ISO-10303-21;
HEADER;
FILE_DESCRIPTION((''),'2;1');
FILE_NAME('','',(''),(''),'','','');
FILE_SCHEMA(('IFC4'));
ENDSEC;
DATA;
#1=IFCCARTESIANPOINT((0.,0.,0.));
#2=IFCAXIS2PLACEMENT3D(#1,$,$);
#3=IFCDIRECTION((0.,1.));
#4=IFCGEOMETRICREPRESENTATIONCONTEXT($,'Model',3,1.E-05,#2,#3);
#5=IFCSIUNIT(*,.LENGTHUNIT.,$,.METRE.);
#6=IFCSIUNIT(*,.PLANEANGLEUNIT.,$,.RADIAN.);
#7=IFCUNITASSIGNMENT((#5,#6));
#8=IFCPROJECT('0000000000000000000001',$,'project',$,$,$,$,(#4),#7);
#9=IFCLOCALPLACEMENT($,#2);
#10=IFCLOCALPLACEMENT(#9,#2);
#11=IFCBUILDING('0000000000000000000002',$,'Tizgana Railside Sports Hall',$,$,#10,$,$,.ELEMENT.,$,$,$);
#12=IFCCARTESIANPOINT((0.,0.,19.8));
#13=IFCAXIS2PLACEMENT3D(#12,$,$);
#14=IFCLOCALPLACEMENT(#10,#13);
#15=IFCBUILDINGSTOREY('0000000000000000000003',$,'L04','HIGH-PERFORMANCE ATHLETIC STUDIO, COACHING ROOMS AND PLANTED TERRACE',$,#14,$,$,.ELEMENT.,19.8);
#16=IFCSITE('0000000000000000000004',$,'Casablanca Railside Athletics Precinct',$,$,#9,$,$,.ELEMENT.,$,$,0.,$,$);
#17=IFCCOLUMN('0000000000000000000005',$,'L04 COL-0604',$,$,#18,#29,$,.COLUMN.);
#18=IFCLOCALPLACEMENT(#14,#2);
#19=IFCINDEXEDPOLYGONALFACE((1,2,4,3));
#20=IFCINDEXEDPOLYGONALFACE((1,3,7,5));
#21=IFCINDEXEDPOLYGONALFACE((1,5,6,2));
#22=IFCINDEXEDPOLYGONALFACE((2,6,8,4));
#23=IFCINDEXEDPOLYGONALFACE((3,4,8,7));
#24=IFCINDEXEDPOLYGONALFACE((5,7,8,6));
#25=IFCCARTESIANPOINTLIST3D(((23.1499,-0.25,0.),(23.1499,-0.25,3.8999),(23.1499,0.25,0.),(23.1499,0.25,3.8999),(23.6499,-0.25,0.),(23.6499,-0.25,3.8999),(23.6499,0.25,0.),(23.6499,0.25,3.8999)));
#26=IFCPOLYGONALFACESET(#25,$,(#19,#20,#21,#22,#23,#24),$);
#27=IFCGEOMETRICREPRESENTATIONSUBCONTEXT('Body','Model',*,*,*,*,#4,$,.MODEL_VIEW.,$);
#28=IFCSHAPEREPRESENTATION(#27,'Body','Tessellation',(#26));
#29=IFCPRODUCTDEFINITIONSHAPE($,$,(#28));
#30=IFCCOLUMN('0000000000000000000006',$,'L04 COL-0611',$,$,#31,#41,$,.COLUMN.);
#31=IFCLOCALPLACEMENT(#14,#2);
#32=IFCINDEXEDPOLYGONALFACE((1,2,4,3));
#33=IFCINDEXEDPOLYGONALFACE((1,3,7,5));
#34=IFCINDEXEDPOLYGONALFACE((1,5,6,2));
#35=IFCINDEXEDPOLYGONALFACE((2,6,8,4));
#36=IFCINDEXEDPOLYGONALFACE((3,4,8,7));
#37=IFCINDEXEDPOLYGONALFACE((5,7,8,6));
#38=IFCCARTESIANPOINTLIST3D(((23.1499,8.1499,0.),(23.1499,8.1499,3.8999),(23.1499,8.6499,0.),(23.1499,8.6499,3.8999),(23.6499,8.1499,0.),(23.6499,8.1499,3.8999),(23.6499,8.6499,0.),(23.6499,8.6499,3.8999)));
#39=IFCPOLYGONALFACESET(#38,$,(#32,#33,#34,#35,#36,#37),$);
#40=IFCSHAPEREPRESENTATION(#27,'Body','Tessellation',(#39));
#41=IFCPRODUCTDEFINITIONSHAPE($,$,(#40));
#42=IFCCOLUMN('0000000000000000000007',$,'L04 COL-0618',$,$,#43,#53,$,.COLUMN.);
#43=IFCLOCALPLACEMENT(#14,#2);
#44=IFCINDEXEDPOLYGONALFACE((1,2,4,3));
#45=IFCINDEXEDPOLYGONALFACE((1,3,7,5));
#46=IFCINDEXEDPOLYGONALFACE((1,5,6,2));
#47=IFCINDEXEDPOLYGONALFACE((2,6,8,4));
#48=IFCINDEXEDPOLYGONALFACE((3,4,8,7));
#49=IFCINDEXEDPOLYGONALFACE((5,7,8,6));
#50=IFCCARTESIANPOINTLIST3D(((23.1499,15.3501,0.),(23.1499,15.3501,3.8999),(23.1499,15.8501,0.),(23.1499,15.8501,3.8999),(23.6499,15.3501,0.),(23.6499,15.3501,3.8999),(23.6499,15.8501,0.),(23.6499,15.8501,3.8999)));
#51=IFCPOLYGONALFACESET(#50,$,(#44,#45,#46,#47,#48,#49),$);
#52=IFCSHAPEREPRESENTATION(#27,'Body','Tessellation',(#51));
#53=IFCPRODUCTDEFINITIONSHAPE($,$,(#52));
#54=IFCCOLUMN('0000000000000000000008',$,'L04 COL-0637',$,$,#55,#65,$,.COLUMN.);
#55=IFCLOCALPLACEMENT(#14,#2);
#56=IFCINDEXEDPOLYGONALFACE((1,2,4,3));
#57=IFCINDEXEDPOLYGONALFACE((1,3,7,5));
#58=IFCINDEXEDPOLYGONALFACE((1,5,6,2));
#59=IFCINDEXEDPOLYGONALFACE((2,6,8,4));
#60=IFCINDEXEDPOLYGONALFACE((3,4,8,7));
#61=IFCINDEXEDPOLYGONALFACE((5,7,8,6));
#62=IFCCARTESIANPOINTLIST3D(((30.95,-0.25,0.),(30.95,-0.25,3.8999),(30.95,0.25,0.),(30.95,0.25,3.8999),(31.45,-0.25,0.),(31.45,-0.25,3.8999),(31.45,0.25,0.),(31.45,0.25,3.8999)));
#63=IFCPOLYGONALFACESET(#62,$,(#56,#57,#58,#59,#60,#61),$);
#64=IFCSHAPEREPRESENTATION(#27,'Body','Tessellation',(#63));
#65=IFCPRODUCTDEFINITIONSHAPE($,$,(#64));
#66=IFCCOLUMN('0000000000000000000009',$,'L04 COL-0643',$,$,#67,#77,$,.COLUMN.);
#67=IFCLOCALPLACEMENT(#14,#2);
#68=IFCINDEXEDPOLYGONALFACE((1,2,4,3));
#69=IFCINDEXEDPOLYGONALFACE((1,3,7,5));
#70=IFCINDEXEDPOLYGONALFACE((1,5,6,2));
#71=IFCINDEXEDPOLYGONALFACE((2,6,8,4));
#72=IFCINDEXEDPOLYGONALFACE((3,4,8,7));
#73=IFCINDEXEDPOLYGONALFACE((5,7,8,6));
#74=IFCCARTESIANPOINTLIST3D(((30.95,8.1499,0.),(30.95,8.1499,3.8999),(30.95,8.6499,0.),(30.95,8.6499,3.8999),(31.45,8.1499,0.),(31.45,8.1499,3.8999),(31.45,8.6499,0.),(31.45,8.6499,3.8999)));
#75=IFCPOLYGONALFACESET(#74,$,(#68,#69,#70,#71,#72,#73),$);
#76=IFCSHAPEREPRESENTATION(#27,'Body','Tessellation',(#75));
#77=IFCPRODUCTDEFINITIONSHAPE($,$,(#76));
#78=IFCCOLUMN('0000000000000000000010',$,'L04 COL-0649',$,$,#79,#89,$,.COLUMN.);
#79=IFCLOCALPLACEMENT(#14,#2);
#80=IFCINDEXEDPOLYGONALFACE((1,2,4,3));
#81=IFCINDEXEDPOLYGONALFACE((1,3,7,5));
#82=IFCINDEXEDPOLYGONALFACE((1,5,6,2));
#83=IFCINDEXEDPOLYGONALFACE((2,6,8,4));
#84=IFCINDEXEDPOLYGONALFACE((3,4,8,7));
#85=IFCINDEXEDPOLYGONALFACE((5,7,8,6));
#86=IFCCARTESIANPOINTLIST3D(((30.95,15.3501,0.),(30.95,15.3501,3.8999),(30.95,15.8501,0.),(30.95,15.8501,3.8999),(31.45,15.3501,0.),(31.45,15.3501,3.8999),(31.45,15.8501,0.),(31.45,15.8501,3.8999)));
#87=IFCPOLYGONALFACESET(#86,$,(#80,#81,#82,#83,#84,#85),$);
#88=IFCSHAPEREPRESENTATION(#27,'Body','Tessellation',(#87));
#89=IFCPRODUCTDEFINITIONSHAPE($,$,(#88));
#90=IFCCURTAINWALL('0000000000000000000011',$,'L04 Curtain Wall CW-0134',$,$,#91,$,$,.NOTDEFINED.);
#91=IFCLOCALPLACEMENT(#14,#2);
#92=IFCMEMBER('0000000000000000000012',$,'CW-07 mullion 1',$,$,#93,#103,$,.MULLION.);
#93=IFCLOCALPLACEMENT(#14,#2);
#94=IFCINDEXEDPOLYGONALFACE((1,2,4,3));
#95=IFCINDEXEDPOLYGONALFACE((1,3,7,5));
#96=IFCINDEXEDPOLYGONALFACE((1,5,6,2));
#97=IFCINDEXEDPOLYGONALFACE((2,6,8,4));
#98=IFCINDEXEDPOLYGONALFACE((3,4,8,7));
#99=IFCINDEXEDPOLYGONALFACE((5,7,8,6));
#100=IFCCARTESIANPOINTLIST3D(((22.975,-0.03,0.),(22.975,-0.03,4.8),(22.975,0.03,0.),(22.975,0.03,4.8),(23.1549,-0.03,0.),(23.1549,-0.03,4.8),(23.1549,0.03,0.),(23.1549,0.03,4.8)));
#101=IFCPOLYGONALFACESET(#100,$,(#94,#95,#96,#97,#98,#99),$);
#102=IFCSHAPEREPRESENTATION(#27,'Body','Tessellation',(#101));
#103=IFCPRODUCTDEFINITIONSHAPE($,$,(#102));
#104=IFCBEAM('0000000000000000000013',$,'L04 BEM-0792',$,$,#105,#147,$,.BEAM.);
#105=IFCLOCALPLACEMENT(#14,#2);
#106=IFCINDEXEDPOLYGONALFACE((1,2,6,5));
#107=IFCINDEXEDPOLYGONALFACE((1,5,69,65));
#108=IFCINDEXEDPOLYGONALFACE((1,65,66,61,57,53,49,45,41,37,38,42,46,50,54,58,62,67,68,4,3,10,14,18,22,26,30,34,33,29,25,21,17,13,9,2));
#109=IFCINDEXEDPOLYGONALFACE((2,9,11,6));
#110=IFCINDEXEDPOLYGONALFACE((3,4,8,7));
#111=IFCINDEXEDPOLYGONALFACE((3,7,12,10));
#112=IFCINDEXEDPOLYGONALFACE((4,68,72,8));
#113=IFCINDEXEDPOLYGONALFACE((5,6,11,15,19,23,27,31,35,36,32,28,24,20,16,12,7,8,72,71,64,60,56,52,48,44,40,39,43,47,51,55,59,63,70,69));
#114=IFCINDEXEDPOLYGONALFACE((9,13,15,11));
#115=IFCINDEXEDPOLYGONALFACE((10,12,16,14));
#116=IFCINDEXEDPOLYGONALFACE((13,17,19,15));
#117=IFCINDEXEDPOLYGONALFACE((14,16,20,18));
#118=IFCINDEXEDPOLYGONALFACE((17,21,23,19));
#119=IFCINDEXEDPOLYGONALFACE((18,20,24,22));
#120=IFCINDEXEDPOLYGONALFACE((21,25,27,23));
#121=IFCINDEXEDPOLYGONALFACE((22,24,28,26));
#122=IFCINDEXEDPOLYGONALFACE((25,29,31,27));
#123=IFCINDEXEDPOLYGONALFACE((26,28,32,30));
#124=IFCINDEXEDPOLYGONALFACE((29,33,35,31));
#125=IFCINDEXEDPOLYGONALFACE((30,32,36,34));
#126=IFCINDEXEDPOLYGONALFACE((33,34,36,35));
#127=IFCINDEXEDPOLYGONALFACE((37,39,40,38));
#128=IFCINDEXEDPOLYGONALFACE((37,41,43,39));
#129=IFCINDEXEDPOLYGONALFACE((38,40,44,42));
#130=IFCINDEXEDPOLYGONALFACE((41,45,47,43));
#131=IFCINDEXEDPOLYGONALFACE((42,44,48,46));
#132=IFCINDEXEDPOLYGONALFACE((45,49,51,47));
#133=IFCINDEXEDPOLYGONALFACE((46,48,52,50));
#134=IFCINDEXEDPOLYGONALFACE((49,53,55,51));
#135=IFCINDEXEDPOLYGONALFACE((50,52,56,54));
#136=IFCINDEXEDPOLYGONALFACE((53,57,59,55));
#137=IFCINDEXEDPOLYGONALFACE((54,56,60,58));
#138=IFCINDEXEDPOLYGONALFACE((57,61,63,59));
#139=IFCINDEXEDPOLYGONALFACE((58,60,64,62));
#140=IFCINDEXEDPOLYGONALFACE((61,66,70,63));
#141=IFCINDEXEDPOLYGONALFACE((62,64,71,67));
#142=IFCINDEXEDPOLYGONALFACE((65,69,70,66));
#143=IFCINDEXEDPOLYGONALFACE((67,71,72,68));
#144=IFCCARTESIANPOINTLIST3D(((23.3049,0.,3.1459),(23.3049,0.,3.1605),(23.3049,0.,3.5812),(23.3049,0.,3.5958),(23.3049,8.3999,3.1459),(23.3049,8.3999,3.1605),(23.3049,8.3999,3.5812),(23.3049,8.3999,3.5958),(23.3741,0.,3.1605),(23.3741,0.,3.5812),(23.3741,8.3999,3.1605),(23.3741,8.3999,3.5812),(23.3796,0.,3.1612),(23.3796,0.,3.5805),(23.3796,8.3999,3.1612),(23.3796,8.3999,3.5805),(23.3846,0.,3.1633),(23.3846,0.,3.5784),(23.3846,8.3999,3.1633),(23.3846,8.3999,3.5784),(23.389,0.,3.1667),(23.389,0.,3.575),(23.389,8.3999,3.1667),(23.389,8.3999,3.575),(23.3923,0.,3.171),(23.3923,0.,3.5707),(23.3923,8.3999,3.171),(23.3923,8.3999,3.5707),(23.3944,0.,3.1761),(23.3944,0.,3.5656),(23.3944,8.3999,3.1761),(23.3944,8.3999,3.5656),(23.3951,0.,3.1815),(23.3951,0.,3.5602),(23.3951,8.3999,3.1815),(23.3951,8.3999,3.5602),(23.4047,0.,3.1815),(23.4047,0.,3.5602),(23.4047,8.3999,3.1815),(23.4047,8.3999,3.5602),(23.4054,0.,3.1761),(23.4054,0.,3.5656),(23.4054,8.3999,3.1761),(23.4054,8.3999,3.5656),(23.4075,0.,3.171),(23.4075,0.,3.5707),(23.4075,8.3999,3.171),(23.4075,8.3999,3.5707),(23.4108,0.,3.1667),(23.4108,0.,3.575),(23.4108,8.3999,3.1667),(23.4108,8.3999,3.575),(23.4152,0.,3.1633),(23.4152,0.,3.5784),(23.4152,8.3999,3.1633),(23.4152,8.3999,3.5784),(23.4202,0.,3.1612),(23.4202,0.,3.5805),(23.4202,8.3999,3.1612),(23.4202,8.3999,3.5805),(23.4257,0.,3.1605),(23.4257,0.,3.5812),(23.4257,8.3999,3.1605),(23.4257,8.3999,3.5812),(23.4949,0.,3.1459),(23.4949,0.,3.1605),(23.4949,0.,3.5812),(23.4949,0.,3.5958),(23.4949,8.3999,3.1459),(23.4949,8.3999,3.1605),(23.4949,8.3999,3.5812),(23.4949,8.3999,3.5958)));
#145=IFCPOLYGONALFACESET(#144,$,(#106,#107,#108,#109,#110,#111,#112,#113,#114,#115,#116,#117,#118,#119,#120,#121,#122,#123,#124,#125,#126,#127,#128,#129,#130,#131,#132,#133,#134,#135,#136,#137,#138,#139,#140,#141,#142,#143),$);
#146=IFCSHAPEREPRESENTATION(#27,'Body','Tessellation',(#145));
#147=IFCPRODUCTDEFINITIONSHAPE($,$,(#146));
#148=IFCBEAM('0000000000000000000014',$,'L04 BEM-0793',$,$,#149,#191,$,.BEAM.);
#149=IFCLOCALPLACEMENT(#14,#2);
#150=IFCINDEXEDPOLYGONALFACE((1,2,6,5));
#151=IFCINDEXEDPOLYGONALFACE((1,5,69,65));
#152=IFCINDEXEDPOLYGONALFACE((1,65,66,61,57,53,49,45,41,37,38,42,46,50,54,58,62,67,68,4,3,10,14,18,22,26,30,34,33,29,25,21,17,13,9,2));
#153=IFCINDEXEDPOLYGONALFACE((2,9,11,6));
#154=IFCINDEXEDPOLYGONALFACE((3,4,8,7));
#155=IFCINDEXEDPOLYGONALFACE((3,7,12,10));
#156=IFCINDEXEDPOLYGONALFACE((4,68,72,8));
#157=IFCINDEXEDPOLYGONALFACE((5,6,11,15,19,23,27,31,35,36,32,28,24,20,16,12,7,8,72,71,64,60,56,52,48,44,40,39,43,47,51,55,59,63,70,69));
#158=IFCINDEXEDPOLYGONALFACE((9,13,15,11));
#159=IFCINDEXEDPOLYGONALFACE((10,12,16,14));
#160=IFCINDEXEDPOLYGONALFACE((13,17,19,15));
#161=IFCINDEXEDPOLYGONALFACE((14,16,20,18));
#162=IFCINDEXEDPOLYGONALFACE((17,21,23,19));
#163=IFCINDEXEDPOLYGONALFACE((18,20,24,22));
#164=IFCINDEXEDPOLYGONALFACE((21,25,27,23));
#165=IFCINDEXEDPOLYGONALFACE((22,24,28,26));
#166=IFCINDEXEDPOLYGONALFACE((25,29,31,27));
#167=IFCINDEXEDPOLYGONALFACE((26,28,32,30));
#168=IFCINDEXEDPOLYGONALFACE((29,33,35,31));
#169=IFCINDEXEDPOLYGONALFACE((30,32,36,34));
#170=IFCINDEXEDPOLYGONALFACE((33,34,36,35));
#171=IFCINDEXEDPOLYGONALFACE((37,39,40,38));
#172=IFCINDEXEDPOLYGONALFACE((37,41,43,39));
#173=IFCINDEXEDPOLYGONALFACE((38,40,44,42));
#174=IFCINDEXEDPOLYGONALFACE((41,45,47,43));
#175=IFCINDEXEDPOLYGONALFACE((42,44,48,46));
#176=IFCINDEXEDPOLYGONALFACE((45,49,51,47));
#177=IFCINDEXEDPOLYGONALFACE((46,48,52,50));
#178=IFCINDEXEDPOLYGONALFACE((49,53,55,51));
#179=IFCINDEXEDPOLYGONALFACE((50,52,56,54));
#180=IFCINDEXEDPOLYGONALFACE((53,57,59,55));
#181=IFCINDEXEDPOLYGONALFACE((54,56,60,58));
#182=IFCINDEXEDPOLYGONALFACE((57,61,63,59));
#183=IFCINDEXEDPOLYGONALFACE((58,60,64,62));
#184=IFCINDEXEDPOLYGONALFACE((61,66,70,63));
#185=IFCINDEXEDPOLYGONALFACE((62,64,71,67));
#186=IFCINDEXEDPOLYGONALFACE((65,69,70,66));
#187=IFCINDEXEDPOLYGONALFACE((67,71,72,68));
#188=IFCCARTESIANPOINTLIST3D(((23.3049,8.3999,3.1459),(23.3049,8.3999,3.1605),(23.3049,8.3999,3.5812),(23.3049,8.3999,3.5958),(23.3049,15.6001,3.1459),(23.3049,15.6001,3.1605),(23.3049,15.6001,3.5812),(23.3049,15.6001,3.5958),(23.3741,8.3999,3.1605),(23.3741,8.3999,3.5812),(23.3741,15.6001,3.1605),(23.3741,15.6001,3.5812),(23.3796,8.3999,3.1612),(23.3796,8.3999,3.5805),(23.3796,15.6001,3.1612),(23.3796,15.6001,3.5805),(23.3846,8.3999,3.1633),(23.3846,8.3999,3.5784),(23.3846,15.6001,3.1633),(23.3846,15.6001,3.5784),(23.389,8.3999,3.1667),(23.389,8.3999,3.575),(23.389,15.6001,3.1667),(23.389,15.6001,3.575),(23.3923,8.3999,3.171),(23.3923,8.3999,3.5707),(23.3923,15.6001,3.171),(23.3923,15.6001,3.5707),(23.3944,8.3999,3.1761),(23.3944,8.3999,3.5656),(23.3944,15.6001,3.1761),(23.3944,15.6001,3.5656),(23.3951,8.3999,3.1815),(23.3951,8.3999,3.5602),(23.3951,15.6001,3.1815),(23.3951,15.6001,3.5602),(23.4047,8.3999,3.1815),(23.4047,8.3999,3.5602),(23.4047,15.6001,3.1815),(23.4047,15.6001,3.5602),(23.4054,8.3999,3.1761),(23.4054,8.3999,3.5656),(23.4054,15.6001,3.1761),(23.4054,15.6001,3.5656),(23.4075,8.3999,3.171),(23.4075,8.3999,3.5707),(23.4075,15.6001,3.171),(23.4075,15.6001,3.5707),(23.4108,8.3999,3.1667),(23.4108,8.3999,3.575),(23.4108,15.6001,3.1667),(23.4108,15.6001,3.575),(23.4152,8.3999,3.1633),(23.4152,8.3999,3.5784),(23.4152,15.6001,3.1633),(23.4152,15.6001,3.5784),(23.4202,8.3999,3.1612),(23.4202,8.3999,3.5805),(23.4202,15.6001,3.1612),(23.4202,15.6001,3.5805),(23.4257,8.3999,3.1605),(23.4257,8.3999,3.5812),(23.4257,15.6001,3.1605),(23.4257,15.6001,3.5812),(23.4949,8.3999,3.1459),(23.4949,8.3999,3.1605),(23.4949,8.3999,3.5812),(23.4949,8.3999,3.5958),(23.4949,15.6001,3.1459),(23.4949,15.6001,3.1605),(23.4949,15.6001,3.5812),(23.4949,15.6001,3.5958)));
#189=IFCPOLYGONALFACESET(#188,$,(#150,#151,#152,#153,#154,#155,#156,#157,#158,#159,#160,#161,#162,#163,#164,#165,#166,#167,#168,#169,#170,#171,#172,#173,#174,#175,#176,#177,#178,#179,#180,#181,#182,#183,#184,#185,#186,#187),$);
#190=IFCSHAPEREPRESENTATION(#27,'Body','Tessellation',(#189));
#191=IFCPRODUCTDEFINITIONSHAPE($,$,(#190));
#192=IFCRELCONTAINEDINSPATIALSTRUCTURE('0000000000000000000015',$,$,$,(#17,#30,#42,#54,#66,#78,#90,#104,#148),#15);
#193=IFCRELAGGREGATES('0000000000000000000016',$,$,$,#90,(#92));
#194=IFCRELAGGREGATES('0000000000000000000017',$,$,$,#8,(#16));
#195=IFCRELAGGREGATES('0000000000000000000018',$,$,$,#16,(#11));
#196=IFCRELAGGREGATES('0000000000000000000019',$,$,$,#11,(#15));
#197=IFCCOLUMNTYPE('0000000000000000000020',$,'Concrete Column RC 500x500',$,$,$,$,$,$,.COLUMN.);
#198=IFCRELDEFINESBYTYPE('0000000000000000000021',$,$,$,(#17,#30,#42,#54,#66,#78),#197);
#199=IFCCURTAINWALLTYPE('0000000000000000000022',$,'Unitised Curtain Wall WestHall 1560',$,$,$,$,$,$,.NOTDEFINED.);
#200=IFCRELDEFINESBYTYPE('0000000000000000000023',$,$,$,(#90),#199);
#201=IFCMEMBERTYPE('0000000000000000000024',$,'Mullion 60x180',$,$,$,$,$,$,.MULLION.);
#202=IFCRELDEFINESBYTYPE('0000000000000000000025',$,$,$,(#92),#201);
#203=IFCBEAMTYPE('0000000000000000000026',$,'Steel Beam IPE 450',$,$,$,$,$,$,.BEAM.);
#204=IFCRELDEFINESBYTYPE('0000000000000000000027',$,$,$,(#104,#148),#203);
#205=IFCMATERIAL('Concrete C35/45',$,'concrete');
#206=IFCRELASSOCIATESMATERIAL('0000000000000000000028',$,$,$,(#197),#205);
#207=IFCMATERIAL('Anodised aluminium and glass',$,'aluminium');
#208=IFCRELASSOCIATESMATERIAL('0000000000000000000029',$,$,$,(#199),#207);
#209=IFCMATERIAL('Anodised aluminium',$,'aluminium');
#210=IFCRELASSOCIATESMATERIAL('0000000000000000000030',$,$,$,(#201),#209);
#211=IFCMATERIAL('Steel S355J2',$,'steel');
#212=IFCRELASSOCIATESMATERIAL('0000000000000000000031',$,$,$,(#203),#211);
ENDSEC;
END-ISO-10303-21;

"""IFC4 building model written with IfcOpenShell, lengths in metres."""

from ifc_helpers import new_model, si_unit, direction, frame, origin, origin_2d, place, context, subcontext, project, spatial, rectangle, i_section, extrude, material, material_profile, profile_set, type_object, element, aggregate, save


model = new_model("IFC4")

# Units and contexts
model_context = context("Model", 3, precision=1e-05, world=origin(), true_north=direction((0.0, 1.0)))
body_context = subcontext(model_context, "Body", "Model", "MODEL_VIEW")
ifc_project = project(units=[si_unit("LENGTHUNIT", "METRE"), si_unit("PLANEANGLEUNIT", "RADIAN")], contexts=[model_context])

# Site, building, storey
site_placement = place(None, origin())
site = spatial("IfcSite", under=ifc_project, at=site_placement, Name="Casablanca Railside Athletics Precinct", CompositionType="ELEMENT", RefElevation=0.0)
building_placement = place(site_placement, origin())
building = spatial("IfcBuilding", under=site, at=building_placement, Name="Tizgana Railside Sports Hall", CompositionType="ELEMENT")
storey_placement = place(building_placement, frame((0.0, 0.0, 19.8)))
storey = spatial("IfcBuildingStorey", under=building, at=storey_placement, Name="L04", Description="HIGH-PERFORMANCE ATHLETIC STUDIO, COACHING ROOMS AND PLANTED TERRACE", CompositionType="ELEMENT", Elevation=19.8)

# Columns
ifc_material_1 = material(Name="Concrete C35/45", Category="concrete")
ifc_material_profile_1 = material_profile(ifc_material_1, rectangle(XDim=0.5, YDim=0.5, at=origin_2d()), Name="RC 500x500")
ifc_profile_set_1 = profile_set([ifc_material_profile_1], Name="Concrete C35/45")
column_type = type_object("IfcColumnType", Name="Concrete Column RC 500x500", PredefinedType="COLUMN", material=ifc_profile_set_1)
for number, where, z_axis, x_axis, name in (
    (1, (23.3999, 0.0, 0.0), (0.0, 0.0, 1.0), (1.0, 0.0, 0.0), "L04 COL-0604"),
    (2, (23.3999, 8.3999, 0.0), (0.0, 0.0, 1.0), (1.0, 0.0, 0.0), "L04 COL-0611"),
    (3, (23.3999, 15.6001, 0.0), (0.0, 0.0, 1.0), (1.0, 0.0, 0.0), "L04 COL-0618"),
    (4, (31.2, 0.0, 0.0), (0.0, 0.0, 1.0), (1.0, 0.0, 0.0), "L04 COL-0637"),
    (5, (31.2, 8.3999, 0.0), (0.0, 0.0, 1.0), (1.0, 0.0, 0.0), "L04 COL-0643"),
    (6, (31.2, 15.6001, 0.0), (0.0, 0.0, 1.0), (1.0, 0.0, 0.0), "L04 COL-0649"),
):
    element("IfcColumn", number, at=place(storey_placement, frame(where, z_axis=z_axis, x_axis=x_axis)), inside=storey, type_object=column_type, Name=name, PredefinedType="COLUMN", context=body_context, shape_type="SweptSolid", body=[
        extrude(rectangle(XDim=0.5, YDim=0.5, at=origin_2d()), origin(), (0.0, 0.0, 1.0), 3.8999),
    ])

# Curtain wall, member
ifc_material_2 = material(Name="Anodised aluminium and glass", Category="aluminium")
curtain_wall_type = type_object("IfcCurtainWallType", Name="Unitised Curtain Wall WestHall 1560", PredefinedType="NOTDEFINED", material=ifc_material_2)
curtain_wall_placement = place(storey_placement, origin())
curtain_wall = element("IfcCurtainWall", 7, at=curtain_wall_placement, inside=storey, type_object=curtain_wall_type, Name="L04 Curtain Wall CW-0134", PredefinedType="NOTDEFINED")
ifc_material_3 = material(Name="Anodised aluminium", Category="aluminium")
ifc_material_profile_2 = material_profile(ifc_material_3, rectangle(XDim=0.0601, YDim=0.1799, at=origin_2d()), Name="Mullion 60x180")
ifc_profile_set_2 = profile_set([ifc_material_profile_2], Name="Anodised aluminium")
member_type_1 = type_object("IfcMemberType", Name="Mullion 60x180", PredefinedType="MULLION", material=ifc_profile_set_2)
member_1_placement = place(storey_placement, frame((23.0649, 0.0, 0.0), z_axis=(0.0, 0.0, 1.0), x_axis=(0.0, -1.0, 0.0)))
member_1 = element("IfcMember", 8, at=member_1_placement, type_object=member_type_1, Name="CW-07 mullion 1", PredefinedType="MULLION", context=body_context, shape_type="SweptSolid", body=[
    extrude(rectangle(XDim=0.0601, YDim=0.1799, at=origin_2d()), origin(), (0.0, 0.0, 1.0), 4.8),
])

# Beams
ifc_material_4 = material(Name="Steel S355J2", Category="steel")
ifc_material_profile_3 = material_profile(ifc_material_4, i_section(OverallWidth=0.1899, OverallDepth=0.45, WebThickness=0.0095, FlangeThickness=0.0146, FilletRadius=0.021, at=origin_2d()), Name="IPE 450")
ifc_profile_set_3 = profile_set([ifc_material_profile_3], Name="Steel S355J2")
beam_type_1 = type_object("IfcBeamType", Name="Steel Beam IPE 450", PredefinedType="BEAM", material=ifc_profile_set_3)
beam_1_placement = place(storey_placement, frame((23.3999, 0.0, 3.3708), z_axis=(0.0, 1.0, 0.0), x_axis=(-1.0, 0.0, 0.0)))
element("IfcBeam", 9, at=beam_1_placement, inside=storey, type_object=beam_type_1, Name="L04 BEM-0792", PredefinedType="BEAM", context=body_context, shape_type="SweptSolid", body=[
    extrude(i_section(OverallWidth=0.1899, OverallDepth=0.45, WebThickness=0.0095, FlangeThickness=0.0146, FilletRadius=0.021, at=origin_2d()), origin(), (0.0, 0.0, 1.0), 8.3999),
])
beam_2_placement = place(storey_placement, frame((23.3999, 8.3999, 3.3708), z_axis=(0.0, 1.0, 0.0), x_axis=(-1.0, 0.0, 0.0)))
element("IfcBeam", 10, at=beam_2_placement, inside=storey, type_object=beam_type_1, Name="L04 BEM-0793", PredefinedType="BEAM", context=body_context, shape_type="SweptSolid", body=[
    extrude(i_section(OverallWidth=0.1899, OverallDepth=0.45, WebThickness=0.0095, FlangeThickness=0.0146, FilletRadius=0.021, at=origin_2d()), origin(), (0.0, 0.0, 1.0), 7.2002),
])

aggregate(curtain_wall, [member_1])

save(model, "model.ifc")
